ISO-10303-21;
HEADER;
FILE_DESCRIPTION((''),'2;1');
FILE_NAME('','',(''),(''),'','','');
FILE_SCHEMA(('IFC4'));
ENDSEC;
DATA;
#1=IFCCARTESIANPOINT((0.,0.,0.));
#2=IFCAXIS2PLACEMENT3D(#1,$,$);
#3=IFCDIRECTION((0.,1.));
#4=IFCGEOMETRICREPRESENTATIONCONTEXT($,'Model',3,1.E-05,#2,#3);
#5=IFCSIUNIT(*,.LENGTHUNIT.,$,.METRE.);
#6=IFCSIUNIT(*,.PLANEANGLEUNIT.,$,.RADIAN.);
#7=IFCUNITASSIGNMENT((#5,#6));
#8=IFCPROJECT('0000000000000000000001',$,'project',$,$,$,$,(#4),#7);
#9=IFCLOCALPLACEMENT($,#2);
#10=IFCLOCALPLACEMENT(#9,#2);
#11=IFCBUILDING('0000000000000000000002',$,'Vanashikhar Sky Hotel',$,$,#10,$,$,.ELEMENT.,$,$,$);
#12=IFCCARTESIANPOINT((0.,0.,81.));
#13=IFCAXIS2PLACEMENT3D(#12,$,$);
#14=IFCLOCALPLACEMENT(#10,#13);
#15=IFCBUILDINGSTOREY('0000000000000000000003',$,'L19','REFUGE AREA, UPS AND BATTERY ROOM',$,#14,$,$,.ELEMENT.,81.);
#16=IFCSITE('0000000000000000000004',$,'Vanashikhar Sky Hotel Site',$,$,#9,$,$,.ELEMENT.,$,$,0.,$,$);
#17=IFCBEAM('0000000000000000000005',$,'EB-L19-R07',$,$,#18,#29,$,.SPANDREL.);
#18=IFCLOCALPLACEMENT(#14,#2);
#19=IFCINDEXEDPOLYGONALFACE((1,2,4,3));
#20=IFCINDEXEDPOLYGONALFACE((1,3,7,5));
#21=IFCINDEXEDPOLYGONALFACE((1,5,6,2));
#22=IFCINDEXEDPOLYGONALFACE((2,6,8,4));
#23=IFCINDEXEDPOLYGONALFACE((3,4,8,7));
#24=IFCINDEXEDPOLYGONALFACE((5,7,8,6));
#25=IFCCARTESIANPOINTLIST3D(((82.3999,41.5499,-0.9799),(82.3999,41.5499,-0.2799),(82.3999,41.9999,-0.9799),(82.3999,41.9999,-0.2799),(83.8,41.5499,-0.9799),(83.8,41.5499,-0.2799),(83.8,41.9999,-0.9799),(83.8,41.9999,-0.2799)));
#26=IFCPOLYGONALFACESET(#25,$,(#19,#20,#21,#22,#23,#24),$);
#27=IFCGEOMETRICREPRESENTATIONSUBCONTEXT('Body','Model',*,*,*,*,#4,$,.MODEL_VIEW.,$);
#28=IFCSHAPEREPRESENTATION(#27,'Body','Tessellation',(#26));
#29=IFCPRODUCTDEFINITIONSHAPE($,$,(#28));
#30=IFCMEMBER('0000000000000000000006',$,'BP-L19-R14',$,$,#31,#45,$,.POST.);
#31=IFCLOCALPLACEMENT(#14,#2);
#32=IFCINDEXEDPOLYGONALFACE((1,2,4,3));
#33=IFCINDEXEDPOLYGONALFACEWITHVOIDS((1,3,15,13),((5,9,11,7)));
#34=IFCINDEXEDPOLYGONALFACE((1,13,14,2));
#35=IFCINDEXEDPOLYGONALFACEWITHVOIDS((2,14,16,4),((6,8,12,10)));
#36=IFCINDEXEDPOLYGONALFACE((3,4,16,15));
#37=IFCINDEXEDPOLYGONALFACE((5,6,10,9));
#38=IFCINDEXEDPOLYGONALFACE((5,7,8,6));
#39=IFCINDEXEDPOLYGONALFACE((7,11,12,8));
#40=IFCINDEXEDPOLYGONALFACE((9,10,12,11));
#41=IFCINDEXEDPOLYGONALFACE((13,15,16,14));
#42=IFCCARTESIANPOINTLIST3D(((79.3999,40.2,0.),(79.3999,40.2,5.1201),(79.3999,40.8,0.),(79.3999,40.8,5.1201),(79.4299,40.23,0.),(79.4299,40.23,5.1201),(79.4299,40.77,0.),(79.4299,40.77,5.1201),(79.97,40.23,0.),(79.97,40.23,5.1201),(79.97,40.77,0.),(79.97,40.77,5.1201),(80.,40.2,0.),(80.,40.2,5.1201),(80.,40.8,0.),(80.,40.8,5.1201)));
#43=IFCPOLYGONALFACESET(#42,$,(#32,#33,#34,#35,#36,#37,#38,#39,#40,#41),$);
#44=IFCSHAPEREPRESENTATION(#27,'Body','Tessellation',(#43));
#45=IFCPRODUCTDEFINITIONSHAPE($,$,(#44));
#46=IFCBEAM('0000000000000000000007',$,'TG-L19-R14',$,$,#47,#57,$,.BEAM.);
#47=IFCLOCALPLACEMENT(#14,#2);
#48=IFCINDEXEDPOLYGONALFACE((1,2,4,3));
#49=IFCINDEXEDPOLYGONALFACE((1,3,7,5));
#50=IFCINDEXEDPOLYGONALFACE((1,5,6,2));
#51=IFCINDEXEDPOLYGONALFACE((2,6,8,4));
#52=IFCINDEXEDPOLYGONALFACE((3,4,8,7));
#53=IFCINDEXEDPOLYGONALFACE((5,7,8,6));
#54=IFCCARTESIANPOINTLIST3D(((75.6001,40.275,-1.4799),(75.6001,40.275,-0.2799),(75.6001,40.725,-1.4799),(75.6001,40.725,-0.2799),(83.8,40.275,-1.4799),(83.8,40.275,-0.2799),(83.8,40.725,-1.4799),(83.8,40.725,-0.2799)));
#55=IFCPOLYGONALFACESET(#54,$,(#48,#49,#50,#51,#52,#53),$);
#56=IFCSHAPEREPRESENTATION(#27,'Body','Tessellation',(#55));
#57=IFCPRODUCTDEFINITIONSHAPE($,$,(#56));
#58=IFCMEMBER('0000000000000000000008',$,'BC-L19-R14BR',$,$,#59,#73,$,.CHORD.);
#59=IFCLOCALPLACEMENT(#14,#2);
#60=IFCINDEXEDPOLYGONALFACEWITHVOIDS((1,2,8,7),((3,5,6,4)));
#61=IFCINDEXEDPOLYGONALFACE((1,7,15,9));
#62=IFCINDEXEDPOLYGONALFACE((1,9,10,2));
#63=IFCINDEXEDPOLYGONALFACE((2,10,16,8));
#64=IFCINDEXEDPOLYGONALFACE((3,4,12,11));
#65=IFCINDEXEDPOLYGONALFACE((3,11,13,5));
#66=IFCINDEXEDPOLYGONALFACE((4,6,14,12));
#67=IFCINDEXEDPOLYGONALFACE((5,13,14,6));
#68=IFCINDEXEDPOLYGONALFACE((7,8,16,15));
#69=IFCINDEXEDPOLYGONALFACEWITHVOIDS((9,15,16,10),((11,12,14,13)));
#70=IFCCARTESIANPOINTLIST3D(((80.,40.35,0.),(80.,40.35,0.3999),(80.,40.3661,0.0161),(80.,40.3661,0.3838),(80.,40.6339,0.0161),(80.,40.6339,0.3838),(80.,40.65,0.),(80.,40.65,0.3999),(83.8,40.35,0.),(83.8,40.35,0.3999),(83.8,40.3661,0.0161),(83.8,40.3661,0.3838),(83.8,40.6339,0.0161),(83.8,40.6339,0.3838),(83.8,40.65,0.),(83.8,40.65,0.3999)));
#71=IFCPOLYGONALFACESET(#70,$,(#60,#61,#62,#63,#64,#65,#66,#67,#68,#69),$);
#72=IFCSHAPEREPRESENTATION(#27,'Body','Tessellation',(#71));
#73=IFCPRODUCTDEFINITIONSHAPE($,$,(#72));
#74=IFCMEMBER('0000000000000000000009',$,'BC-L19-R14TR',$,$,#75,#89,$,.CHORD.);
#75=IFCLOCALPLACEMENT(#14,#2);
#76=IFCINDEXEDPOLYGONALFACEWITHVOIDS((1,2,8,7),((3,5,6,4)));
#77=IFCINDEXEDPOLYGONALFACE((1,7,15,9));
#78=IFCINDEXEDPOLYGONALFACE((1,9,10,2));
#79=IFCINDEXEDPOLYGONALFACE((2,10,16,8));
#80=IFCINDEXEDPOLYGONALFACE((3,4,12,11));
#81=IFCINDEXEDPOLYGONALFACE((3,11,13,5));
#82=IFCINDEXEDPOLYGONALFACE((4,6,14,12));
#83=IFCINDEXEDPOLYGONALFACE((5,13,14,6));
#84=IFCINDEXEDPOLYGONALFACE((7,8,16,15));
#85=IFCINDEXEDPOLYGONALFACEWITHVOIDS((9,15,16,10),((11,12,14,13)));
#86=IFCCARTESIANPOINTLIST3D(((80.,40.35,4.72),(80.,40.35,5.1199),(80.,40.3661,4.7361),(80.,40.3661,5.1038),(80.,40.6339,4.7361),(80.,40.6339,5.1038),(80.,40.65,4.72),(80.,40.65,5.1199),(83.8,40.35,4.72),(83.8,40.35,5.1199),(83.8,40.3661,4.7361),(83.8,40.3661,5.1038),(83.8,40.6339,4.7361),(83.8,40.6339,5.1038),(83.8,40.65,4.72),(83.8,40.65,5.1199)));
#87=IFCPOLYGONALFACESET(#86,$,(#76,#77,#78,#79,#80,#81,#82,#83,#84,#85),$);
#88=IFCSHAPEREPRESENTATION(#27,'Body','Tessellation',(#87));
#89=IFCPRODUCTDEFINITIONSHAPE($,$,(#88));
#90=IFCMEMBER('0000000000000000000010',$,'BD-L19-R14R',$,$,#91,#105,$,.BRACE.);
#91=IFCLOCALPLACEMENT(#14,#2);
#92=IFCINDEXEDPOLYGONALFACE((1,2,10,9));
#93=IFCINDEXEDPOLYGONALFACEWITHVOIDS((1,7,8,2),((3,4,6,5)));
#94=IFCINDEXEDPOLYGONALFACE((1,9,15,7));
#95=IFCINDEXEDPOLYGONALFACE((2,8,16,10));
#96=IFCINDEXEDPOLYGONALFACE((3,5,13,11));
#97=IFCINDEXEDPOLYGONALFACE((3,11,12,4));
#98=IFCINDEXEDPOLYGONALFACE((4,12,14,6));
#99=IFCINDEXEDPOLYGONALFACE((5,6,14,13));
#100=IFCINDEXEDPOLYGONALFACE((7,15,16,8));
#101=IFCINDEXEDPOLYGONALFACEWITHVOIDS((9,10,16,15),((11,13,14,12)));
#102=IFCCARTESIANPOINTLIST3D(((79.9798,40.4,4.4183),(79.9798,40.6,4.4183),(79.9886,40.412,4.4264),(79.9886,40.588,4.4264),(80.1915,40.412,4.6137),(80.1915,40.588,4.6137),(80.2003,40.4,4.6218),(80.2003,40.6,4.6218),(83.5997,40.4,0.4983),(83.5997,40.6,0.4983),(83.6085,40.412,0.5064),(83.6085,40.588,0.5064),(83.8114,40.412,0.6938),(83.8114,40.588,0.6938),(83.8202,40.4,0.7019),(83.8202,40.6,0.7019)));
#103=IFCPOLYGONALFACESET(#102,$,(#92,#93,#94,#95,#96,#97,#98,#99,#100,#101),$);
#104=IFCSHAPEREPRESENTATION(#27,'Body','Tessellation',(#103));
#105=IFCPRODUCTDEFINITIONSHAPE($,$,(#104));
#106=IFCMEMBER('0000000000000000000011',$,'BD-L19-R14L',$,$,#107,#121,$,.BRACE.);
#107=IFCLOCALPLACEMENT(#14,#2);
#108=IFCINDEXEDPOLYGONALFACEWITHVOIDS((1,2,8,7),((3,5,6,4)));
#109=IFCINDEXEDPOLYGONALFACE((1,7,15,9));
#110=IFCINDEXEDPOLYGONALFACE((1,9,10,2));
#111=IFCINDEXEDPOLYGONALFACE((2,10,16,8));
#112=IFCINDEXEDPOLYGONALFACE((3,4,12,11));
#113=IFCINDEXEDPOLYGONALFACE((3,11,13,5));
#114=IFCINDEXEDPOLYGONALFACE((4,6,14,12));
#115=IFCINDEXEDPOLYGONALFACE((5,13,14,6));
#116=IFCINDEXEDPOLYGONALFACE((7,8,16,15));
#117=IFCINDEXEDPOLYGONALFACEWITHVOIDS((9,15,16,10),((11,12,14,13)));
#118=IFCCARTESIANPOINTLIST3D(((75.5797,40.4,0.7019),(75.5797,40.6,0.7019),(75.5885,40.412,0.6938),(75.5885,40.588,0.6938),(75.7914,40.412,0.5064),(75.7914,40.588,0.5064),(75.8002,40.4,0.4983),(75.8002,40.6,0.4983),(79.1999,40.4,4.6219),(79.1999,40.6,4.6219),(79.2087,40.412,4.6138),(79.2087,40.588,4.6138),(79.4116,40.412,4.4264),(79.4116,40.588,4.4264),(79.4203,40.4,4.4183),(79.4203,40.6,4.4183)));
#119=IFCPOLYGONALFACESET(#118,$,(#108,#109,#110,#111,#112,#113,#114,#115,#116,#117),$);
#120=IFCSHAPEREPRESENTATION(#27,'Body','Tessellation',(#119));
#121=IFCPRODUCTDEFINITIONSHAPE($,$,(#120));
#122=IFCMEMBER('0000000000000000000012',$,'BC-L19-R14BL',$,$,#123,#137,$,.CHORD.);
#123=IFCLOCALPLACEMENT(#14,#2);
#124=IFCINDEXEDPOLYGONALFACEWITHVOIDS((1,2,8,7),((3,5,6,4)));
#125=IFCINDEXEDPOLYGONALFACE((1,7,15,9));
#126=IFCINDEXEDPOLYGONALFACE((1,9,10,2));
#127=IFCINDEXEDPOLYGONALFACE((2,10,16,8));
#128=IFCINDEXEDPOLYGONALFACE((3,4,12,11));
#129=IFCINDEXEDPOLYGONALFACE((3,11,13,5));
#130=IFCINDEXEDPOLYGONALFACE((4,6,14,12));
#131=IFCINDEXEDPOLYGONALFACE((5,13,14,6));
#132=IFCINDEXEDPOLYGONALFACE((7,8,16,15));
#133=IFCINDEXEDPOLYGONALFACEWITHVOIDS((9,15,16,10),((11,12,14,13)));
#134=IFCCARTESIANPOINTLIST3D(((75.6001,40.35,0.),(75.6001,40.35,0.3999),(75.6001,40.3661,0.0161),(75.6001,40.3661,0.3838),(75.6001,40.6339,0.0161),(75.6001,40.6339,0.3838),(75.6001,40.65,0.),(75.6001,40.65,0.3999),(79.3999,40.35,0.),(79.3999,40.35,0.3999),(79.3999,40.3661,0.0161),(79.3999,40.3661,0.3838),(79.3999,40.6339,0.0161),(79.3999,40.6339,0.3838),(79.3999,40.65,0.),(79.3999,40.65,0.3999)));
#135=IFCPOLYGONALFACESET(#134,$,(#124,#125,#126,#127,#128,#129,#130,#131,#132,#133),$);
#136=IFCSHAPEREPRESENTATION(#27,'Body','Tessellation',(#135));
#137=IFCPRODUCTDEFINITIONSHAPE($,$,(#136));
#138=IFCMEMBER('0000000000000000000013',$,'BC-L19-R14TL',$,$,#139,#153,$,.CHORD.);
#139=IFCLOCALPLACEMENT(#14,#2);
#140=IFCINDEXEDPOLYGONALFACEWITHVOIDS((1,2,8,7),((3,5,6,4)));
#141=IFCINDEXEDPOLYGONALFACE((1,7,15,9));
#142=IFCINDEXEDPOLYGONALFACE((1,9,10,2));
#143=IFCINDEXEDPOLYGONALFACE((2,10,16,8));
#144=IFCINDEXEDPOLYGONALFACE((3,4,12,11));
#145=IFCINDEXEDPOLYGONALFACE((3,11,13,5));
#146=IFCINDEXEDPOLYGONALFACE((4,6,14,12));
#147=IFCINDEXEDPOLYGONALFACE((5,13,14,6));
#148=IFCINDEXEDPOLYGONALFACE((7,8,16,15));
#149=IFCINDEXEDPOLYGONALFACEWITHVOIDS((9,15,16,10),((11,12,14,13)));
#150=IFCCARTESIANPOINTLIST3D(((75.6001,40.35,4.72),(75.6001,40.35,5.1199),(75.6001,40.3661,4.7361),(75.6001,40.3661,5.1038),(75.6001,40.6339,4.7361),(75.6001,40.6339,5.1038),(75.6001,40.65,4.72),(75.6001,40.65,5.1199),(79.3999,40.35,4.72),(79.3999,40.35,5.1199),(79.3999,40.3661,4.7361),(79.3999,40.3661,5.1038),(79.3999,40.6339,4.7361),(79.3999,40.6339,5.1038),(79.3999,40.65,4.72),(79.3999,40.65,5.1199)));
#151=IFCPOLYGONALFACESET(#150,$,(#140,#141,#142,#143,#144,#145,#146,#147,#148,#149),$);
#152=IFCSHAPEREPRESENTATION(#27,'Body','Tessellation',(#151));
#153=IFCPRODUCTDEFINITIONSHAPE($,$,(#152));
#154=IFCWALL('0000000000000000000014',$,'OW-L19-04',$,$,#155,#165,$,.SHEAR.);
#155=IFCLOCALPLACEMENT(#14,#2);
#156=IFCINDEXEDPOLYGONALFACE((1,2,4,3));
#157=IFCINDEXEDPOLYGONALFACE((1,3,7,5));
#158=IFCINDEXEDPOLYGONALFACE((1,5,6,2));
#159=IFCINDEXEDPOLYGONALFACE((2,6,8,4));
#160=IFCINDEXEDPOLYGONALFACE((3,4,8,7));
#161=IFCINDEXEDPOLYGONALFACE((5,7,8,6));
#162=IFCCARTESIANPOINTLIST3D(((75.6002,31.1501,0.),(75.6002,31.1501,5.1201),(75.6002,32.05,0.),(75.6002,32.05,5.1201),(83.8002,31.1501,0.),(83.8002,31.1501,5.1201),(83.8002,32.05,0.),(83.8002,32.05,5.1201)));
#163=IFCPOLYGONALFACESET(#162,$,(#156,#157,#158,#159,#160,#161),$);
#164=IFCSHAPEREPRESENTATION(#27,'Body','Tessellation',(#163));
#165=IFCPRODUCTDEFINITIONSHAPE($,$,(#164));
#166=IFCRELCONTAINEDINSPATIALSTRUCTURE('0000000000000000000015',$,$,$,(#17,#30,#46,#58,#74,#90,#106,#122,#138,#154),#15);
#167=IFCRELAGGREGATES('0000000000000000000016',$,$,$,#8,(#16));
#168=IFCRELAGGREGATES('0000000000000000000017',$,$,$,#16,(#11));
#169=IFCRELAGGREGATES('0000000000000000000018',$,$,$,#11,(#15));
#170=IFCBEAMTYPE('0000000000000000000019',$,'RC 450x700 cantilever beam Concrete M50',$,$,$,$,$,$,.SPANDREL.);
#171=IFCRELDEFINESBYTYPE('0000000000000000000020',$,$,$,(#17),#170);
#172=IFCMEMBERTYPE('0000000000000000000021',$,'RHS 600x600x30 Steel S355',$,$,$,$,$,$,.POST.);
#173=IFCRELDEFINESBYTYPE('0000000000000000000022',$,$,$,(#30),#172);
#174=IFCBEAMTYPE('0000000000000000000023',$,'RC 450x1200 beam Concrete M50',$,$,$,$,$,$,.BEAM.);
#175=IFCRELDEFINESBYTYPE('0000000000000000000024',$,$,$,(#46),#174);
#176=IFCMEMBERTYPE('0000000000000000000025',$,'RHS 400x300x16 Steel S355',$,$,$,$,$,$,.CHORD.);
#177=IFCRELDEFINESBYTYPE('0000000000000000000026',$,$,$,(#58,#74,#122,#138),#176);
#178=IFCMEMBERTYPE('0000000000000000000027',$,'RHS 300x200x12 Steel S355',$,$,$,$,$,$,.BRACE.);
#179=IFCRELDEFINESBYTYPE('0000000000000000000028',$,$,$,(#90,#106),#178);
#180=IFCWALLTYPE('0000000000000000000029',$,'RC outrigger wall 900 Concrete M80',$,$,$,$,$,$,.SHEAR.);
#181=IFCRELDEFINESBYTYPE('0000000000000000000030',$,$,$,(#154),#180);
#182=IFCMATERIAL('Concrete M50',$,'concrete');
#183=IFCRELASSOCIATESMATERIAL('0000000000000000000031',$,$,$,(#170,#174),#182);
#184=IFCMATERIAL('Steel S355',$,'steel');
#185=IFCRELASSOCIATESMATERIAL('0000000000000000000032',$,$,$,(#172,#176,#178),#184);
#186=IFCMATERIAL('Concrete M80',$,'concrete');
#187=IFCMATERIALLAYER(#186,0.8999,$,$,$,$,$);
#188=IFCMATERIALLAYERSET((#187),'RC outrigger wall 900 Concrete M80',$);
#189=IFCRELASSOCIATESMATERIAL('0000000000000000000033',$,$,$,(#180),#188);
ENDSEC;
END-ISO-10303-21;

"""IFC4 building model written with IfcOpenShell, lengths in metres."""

from ifc_helpers import new_model, si_unit, direction, frame, frame_2d, origin, origin_2d, place, context, subcontext, project, spatial, rectangle, hollow_rectangle, extrude, source, transform, mapped, material, layer, layer_set, material_profile, profile_set, type_object, element, save


model = new_model("IFC4")

# Units and contexts
model_context = context("Model", 3, precision=1e-05, world=origin(), true_north=direction((0.0, 1.0)))
body_context = subcontext(model_context, "Body", "Model", "MODEL_VIEW")
ifc_project = project(units=[si_unit("LENGTHUNIT", "METRE"), si_unit("PLANEANGLEUNIT", "RADIAN")], contexts=[model_context])

# Site, building, storey
site_placement = place(None, origin())
site = spatial("IfcSite", under=ifc_project, at=site_placement, Name="Vanashikhar Sky Hotel Site", CompositionType="ELEMENT", RefElevation=0.0)
building_placement = place(site_placement, origin())
building = spatial("IfcBuilding", under=site, at=building_placement, Name="Vanashikhar Sky Hotel", CompositionType="ELEMENT")
storey_placement = place(building_placement, frame((0.0, 0.0, 81.0)))
storey = spatial("IfcBuildingStorey", under=building, at=storey_placement, Name="L19", Description="REFUGE AREA, UPS AND BATTERY ROOM", CompositionType="ELEMENT", Elevation=81.0)

# Beam
ifc_material_1 = material(Name="Concrete M50", Category="concrete")
ifc_material_profile_1 = material_profile(ifc_material_1, rectangle(XDim=0.45, YDim=0.7, at=origin_2d()))
ifc_profile_set_1 = profile_set([ifc_material_profile_1], Name="RC 450x700 cantilever beam Concrete M50")
beam_type_1 = type_object("IfcBeamType", Name="RC 450x700 cantilever beam Concrete M50", PredefinedType="SPANDREL", material=ifc_profile_set_1)
shared_shape_1 = source(origin(), body_context, "Body", "SweptSolid", [
    extrude(rectangle(XDim=0.45, YDim=0.7, at=origin_2d()), origin(), (0.0, 0.0, 1.0), 1.4001),
])
beam_1_placement = place(storey_placement, frame((82.3999, 41.7749, -0.6299), z_axis=(1.0, 0.0, 0.0), x_axis=(0.0, 1.0, 0.0)))
element("IfcBeam", 1, at=beam_1_placement, inside=storey, type_object=beam_type_1, Name="EB-L19-R07", PredefinedType="SPANDREL", context=body_context, shape_type="MappedRepresentation", body=[
    mapped(shared_shape_1, transform((0.0, 0.0, 0.0), scale=1.0)),
])

# Member
ifc_material_2 = material(Name="Steel S355", Category="steel")
ifc_material_profile_2 = material_profile(ifc_material_2, hollow_rectangle(XDim=0.6001, YDim=0.6001, WallThickness=0.03, at=origin_2d()))
ifc_profile_set_2 = profile_set([ifc_material_profile_2], Name="RHS 600x600x30 Steel S355")
member_type_1 = type_object("IfcMemberType", Name="RHS 600x600x30 Steel S355", PredefinedType="POST", material=ifc_profile_set_2)
shared_shape_2 = source(origin(), body_context, "Body", "SweptSolid", [
    extrude(hollow_rectangle(XDim=0.6001, YDim=0.6001, WallThickness=0.03, at=origin_2d()), origin(), (0.0, 0.0, 1.0), 5.1201),
])
member_1_placement = place(storey_placement, frame((79.7, 40.5, 0.0), z_axis=(0.0, 0.0, 1.0), x_axis=(1.0, 0.0, 0.0)))
element("IfcMember", 2, at=member_1_placement, inside=storey, type_object=member_type_1, Name="BP-L19-R14", PredefinedType="POST", context=body_context, shape_type="MappedRepresentation", body=[
    mapped(shared_shape_2, transform((0.0, 0.0, 0.0), scale=1.0)),
])

# Beam
ifc_material_profile_3 = material_profile(ifc_material_1, rectangle(XDim=0.45, YDim=1.2, at=origin_2d()))
ifc_profile_set_3 = profile_set([ifc_material_profile_3], Name="RC 450x1200 beam Concrete M50")
beam_type_2 = type_object("IfcBeamType", Name="RC 450x1200 beam Concrete M50", PredefinedType="BEAM", material=ifc_profile_set_3)
shared_shape_3 = source(origin(), body_context, "Body", "SweptSolid", [
    extrude(rectangle(XDim=0.45, YDim=1.2, at=origin_2d()), origin(), (0.0, 0.0, 1.0), 8.2),
])
beam_2_placement = place(storey_placement, frame((75.6001, 40.5, -0.8799), z_axis=(1.0, 0.0, 0.0), x_axis=(0.0, 1.0, 0.0)))
element("IfcBeam", 3, at=beam_2_placement, inside=storey, type_object=beam_type_2, Name="TG-L19-R14", PredefinedType="BEAM", context=body_context, shape_type="MappedRepresentation", body=[
    mapped(shared_shape_3, transform((0.0, 0.0, 0.0), scale=1.0)),
])

# Members
ifc_material_profile_4 = material_profile(ifc_material_2, hollow_rectangle(XDim=0.3, YDim=0.3999, WallThickness=0.0161, at=origin_2d()))
ifc_profile_set_4 = profile_set([ifc_material_profile_4], Name="RHS 400x300x16 Steel S355")
member_type_2 = type_object("IfcMemberType", Name="RHS 400x300x16 Steel S355", PredefinedType="CHORD", material=ifc_profile_set_4)
shared_shape_4 = source(origin(), body_context, "Body", "SweptSolid", [
    extrude(hollow_rectangle(XDim=0.3, YDim=0.3999, WallThickness=0.0161, at=origin_2d()), origin(), (0.0, 0.0, 1.0), 3.8),
])
for number, where, z_axis, x_axis, name in (
    (4, (80.0, 40.5, 0.2), (1.0, 0.0, 0.0), (0.0, 1.0, 0.0), "BC-L19-R14BR"),
    (5, (80.0, 40.5, 4.9199), (1.0, 0.0, 0.0), (0.0, 1.0, 0.0), "BC-L19-R14TR"),
):
    element("IfcMember", number, at=place(storey_placement, frame(where, z_axis=z_axis, x_axis=x_axis)), inside=storey, type_object=member_type_2, Name=name, PredefinedType="CHORD", context=body_context, shape_type="MappedRepresentation", body=[
        mapped(shared_shape_4, transform((0.0, 0.0, 0.0), scale=1.0)),
    ])
ifc_material_profile_5 = material_profile(ifc_material_2, hollow_rectangle(XDim=0.2, YDim=0.3, WallThickness=0.012, at=origin_2d()))
ifc_profile_set_5 = profile_set([ifc_material_profile_5], Name="RHS 300x200x12 Steel S355")
member_type_3 = type_object("IfcMemberType", Name="RHS 300x200x12 Steel S355", PredefinedType="BRACE", material=ifc_profile_set_5)
shared_shape_5 = source(origin(), body_context, "Body", "SweptSolid", [
    extrude(hollow_rectangle(XDim=0.2, YDim=0.3, WallThickness=0.012, at=origin_2d()), origin(), (0.0, 0.0, 1.0), 5.3357),
])
member_2_placement = place(storey_placement, frame((83.71, 40.5, 0.6001), z_axis=(-0.67843, 0.0, 0.734665), x_axis=(0.0, -1.0, 0.0)))
element("IfcMember", 6, at=member_2_placement, inside=storey, type_object=member_type_3, Name="BD-L19-R14R", PredefinedType="BRACE", context=body_context, shape_type="MappedRepresentation", body=[
    mapped(shared_shape_5, transform((0.0, 0.0, 0.0), scale=1.0)),
])
shared_shape_6 = source(origin(), body_context, "Body", "SweptSolid", [
    extrude(hollow_rectangle(XDim=0.2, YDim=0.3, WallThickness=0.012, at=origin_2d()), origin(), (0.0, 0.0, 1.0), 5.3359),
])
member_3_placement = place(storey_placement, frame((75.6899, 40.5, 0.6001), z_axis=(0.678455, 0.0, 0.734642), x_axis=(0.0, 1.0, 0.0)))
element("IfcMember", 7, at=member_3_placement, inside=storey, type_object=member_type_3, Name="BD-L19-R14L", PredefinedType="BRACE", context=body_context, shape_type="MappedRepresentation", body=[
    mapped(shared_shape_6, transform((0.0, 0.0, 0.0), scale=1.0)),
])
shared_shape_7 = source(origin(), body_context, "Body", "SweptSolid", [
    extrude(hollow_rectangle(XDim=0.3, YDim=0.3999, WallThickness=0.0161, at=origin_2d()), origin(), (0.0, 0.0, 1.0), 3.7998),
])
for number, where, z_axis, x_axis, name in (
    (8, (75.6001, 40.5, 0.2), (1.0, 0.0, 0.0), (0.0, 1.0, 0.0), "BC-L19-R14BL"),
    (9, (75.6001, 40.5, 4.9199), (1.0, 0.0, 0.0), (0.0, 1.0, 0.0), "BC-L19-R14TL"),
):
    element("IfcMember", number, at=place(storey_placement, frame(where, z_axis=z_axis, x_axis=x_axis)), inside=storey, type_object=member_type_2, Name=name, PredefinedType="CHORD", context=body_context, shape_type="MappedRepresentation", body=[
        mapped(shared_shape_7, transform((0.0, 0.0, 0.0), scale=1.0)),
    ])

# Wall
ifc_material_3 = material(Name="Concrete M80", Category="concrete")
ifc_layer_1 = layer(ifc_material_3, 0.8999)
ifc_layer_set_1 = layer_set([ifc_layer_1], Name="RC outrigger wall 900 Concrete M80")
wall_type = type_object("IfcWallType", Name="RC outrigger wall 900 Concrete M80", PredefinedType="SHEAR", material=ifc_layer_set_1)
shared_shape_8 = source(origin(), body_context, "Body", "SweptSolid", [
    extrude(rectangle(XDim=8.2, YDim=0.8999, at=frame_2d((4.1001, 0.0))), origin(), (0.0, 0.0, 1.0), 5.1201),
])
wall_placement = place(storey_placement, frame((75.6001, 31.6001, 0.0), z_axis=(0.0, 0.0, 1.0), x_axis=(1.0, 0.0, 0.0)))
element("IfcWall", 10, at=wall_placement, inside=storey, type_object=wall_type, Name="OW-L19-04", PredefinedType="SHEAR", context=body_context, shape_type="MappedRepresentation", body=[
    mapped(shared_shape_8, transform((0.0, 0.0, 0.0), scale=1.0)),
])

save(model, "model.ifc")
